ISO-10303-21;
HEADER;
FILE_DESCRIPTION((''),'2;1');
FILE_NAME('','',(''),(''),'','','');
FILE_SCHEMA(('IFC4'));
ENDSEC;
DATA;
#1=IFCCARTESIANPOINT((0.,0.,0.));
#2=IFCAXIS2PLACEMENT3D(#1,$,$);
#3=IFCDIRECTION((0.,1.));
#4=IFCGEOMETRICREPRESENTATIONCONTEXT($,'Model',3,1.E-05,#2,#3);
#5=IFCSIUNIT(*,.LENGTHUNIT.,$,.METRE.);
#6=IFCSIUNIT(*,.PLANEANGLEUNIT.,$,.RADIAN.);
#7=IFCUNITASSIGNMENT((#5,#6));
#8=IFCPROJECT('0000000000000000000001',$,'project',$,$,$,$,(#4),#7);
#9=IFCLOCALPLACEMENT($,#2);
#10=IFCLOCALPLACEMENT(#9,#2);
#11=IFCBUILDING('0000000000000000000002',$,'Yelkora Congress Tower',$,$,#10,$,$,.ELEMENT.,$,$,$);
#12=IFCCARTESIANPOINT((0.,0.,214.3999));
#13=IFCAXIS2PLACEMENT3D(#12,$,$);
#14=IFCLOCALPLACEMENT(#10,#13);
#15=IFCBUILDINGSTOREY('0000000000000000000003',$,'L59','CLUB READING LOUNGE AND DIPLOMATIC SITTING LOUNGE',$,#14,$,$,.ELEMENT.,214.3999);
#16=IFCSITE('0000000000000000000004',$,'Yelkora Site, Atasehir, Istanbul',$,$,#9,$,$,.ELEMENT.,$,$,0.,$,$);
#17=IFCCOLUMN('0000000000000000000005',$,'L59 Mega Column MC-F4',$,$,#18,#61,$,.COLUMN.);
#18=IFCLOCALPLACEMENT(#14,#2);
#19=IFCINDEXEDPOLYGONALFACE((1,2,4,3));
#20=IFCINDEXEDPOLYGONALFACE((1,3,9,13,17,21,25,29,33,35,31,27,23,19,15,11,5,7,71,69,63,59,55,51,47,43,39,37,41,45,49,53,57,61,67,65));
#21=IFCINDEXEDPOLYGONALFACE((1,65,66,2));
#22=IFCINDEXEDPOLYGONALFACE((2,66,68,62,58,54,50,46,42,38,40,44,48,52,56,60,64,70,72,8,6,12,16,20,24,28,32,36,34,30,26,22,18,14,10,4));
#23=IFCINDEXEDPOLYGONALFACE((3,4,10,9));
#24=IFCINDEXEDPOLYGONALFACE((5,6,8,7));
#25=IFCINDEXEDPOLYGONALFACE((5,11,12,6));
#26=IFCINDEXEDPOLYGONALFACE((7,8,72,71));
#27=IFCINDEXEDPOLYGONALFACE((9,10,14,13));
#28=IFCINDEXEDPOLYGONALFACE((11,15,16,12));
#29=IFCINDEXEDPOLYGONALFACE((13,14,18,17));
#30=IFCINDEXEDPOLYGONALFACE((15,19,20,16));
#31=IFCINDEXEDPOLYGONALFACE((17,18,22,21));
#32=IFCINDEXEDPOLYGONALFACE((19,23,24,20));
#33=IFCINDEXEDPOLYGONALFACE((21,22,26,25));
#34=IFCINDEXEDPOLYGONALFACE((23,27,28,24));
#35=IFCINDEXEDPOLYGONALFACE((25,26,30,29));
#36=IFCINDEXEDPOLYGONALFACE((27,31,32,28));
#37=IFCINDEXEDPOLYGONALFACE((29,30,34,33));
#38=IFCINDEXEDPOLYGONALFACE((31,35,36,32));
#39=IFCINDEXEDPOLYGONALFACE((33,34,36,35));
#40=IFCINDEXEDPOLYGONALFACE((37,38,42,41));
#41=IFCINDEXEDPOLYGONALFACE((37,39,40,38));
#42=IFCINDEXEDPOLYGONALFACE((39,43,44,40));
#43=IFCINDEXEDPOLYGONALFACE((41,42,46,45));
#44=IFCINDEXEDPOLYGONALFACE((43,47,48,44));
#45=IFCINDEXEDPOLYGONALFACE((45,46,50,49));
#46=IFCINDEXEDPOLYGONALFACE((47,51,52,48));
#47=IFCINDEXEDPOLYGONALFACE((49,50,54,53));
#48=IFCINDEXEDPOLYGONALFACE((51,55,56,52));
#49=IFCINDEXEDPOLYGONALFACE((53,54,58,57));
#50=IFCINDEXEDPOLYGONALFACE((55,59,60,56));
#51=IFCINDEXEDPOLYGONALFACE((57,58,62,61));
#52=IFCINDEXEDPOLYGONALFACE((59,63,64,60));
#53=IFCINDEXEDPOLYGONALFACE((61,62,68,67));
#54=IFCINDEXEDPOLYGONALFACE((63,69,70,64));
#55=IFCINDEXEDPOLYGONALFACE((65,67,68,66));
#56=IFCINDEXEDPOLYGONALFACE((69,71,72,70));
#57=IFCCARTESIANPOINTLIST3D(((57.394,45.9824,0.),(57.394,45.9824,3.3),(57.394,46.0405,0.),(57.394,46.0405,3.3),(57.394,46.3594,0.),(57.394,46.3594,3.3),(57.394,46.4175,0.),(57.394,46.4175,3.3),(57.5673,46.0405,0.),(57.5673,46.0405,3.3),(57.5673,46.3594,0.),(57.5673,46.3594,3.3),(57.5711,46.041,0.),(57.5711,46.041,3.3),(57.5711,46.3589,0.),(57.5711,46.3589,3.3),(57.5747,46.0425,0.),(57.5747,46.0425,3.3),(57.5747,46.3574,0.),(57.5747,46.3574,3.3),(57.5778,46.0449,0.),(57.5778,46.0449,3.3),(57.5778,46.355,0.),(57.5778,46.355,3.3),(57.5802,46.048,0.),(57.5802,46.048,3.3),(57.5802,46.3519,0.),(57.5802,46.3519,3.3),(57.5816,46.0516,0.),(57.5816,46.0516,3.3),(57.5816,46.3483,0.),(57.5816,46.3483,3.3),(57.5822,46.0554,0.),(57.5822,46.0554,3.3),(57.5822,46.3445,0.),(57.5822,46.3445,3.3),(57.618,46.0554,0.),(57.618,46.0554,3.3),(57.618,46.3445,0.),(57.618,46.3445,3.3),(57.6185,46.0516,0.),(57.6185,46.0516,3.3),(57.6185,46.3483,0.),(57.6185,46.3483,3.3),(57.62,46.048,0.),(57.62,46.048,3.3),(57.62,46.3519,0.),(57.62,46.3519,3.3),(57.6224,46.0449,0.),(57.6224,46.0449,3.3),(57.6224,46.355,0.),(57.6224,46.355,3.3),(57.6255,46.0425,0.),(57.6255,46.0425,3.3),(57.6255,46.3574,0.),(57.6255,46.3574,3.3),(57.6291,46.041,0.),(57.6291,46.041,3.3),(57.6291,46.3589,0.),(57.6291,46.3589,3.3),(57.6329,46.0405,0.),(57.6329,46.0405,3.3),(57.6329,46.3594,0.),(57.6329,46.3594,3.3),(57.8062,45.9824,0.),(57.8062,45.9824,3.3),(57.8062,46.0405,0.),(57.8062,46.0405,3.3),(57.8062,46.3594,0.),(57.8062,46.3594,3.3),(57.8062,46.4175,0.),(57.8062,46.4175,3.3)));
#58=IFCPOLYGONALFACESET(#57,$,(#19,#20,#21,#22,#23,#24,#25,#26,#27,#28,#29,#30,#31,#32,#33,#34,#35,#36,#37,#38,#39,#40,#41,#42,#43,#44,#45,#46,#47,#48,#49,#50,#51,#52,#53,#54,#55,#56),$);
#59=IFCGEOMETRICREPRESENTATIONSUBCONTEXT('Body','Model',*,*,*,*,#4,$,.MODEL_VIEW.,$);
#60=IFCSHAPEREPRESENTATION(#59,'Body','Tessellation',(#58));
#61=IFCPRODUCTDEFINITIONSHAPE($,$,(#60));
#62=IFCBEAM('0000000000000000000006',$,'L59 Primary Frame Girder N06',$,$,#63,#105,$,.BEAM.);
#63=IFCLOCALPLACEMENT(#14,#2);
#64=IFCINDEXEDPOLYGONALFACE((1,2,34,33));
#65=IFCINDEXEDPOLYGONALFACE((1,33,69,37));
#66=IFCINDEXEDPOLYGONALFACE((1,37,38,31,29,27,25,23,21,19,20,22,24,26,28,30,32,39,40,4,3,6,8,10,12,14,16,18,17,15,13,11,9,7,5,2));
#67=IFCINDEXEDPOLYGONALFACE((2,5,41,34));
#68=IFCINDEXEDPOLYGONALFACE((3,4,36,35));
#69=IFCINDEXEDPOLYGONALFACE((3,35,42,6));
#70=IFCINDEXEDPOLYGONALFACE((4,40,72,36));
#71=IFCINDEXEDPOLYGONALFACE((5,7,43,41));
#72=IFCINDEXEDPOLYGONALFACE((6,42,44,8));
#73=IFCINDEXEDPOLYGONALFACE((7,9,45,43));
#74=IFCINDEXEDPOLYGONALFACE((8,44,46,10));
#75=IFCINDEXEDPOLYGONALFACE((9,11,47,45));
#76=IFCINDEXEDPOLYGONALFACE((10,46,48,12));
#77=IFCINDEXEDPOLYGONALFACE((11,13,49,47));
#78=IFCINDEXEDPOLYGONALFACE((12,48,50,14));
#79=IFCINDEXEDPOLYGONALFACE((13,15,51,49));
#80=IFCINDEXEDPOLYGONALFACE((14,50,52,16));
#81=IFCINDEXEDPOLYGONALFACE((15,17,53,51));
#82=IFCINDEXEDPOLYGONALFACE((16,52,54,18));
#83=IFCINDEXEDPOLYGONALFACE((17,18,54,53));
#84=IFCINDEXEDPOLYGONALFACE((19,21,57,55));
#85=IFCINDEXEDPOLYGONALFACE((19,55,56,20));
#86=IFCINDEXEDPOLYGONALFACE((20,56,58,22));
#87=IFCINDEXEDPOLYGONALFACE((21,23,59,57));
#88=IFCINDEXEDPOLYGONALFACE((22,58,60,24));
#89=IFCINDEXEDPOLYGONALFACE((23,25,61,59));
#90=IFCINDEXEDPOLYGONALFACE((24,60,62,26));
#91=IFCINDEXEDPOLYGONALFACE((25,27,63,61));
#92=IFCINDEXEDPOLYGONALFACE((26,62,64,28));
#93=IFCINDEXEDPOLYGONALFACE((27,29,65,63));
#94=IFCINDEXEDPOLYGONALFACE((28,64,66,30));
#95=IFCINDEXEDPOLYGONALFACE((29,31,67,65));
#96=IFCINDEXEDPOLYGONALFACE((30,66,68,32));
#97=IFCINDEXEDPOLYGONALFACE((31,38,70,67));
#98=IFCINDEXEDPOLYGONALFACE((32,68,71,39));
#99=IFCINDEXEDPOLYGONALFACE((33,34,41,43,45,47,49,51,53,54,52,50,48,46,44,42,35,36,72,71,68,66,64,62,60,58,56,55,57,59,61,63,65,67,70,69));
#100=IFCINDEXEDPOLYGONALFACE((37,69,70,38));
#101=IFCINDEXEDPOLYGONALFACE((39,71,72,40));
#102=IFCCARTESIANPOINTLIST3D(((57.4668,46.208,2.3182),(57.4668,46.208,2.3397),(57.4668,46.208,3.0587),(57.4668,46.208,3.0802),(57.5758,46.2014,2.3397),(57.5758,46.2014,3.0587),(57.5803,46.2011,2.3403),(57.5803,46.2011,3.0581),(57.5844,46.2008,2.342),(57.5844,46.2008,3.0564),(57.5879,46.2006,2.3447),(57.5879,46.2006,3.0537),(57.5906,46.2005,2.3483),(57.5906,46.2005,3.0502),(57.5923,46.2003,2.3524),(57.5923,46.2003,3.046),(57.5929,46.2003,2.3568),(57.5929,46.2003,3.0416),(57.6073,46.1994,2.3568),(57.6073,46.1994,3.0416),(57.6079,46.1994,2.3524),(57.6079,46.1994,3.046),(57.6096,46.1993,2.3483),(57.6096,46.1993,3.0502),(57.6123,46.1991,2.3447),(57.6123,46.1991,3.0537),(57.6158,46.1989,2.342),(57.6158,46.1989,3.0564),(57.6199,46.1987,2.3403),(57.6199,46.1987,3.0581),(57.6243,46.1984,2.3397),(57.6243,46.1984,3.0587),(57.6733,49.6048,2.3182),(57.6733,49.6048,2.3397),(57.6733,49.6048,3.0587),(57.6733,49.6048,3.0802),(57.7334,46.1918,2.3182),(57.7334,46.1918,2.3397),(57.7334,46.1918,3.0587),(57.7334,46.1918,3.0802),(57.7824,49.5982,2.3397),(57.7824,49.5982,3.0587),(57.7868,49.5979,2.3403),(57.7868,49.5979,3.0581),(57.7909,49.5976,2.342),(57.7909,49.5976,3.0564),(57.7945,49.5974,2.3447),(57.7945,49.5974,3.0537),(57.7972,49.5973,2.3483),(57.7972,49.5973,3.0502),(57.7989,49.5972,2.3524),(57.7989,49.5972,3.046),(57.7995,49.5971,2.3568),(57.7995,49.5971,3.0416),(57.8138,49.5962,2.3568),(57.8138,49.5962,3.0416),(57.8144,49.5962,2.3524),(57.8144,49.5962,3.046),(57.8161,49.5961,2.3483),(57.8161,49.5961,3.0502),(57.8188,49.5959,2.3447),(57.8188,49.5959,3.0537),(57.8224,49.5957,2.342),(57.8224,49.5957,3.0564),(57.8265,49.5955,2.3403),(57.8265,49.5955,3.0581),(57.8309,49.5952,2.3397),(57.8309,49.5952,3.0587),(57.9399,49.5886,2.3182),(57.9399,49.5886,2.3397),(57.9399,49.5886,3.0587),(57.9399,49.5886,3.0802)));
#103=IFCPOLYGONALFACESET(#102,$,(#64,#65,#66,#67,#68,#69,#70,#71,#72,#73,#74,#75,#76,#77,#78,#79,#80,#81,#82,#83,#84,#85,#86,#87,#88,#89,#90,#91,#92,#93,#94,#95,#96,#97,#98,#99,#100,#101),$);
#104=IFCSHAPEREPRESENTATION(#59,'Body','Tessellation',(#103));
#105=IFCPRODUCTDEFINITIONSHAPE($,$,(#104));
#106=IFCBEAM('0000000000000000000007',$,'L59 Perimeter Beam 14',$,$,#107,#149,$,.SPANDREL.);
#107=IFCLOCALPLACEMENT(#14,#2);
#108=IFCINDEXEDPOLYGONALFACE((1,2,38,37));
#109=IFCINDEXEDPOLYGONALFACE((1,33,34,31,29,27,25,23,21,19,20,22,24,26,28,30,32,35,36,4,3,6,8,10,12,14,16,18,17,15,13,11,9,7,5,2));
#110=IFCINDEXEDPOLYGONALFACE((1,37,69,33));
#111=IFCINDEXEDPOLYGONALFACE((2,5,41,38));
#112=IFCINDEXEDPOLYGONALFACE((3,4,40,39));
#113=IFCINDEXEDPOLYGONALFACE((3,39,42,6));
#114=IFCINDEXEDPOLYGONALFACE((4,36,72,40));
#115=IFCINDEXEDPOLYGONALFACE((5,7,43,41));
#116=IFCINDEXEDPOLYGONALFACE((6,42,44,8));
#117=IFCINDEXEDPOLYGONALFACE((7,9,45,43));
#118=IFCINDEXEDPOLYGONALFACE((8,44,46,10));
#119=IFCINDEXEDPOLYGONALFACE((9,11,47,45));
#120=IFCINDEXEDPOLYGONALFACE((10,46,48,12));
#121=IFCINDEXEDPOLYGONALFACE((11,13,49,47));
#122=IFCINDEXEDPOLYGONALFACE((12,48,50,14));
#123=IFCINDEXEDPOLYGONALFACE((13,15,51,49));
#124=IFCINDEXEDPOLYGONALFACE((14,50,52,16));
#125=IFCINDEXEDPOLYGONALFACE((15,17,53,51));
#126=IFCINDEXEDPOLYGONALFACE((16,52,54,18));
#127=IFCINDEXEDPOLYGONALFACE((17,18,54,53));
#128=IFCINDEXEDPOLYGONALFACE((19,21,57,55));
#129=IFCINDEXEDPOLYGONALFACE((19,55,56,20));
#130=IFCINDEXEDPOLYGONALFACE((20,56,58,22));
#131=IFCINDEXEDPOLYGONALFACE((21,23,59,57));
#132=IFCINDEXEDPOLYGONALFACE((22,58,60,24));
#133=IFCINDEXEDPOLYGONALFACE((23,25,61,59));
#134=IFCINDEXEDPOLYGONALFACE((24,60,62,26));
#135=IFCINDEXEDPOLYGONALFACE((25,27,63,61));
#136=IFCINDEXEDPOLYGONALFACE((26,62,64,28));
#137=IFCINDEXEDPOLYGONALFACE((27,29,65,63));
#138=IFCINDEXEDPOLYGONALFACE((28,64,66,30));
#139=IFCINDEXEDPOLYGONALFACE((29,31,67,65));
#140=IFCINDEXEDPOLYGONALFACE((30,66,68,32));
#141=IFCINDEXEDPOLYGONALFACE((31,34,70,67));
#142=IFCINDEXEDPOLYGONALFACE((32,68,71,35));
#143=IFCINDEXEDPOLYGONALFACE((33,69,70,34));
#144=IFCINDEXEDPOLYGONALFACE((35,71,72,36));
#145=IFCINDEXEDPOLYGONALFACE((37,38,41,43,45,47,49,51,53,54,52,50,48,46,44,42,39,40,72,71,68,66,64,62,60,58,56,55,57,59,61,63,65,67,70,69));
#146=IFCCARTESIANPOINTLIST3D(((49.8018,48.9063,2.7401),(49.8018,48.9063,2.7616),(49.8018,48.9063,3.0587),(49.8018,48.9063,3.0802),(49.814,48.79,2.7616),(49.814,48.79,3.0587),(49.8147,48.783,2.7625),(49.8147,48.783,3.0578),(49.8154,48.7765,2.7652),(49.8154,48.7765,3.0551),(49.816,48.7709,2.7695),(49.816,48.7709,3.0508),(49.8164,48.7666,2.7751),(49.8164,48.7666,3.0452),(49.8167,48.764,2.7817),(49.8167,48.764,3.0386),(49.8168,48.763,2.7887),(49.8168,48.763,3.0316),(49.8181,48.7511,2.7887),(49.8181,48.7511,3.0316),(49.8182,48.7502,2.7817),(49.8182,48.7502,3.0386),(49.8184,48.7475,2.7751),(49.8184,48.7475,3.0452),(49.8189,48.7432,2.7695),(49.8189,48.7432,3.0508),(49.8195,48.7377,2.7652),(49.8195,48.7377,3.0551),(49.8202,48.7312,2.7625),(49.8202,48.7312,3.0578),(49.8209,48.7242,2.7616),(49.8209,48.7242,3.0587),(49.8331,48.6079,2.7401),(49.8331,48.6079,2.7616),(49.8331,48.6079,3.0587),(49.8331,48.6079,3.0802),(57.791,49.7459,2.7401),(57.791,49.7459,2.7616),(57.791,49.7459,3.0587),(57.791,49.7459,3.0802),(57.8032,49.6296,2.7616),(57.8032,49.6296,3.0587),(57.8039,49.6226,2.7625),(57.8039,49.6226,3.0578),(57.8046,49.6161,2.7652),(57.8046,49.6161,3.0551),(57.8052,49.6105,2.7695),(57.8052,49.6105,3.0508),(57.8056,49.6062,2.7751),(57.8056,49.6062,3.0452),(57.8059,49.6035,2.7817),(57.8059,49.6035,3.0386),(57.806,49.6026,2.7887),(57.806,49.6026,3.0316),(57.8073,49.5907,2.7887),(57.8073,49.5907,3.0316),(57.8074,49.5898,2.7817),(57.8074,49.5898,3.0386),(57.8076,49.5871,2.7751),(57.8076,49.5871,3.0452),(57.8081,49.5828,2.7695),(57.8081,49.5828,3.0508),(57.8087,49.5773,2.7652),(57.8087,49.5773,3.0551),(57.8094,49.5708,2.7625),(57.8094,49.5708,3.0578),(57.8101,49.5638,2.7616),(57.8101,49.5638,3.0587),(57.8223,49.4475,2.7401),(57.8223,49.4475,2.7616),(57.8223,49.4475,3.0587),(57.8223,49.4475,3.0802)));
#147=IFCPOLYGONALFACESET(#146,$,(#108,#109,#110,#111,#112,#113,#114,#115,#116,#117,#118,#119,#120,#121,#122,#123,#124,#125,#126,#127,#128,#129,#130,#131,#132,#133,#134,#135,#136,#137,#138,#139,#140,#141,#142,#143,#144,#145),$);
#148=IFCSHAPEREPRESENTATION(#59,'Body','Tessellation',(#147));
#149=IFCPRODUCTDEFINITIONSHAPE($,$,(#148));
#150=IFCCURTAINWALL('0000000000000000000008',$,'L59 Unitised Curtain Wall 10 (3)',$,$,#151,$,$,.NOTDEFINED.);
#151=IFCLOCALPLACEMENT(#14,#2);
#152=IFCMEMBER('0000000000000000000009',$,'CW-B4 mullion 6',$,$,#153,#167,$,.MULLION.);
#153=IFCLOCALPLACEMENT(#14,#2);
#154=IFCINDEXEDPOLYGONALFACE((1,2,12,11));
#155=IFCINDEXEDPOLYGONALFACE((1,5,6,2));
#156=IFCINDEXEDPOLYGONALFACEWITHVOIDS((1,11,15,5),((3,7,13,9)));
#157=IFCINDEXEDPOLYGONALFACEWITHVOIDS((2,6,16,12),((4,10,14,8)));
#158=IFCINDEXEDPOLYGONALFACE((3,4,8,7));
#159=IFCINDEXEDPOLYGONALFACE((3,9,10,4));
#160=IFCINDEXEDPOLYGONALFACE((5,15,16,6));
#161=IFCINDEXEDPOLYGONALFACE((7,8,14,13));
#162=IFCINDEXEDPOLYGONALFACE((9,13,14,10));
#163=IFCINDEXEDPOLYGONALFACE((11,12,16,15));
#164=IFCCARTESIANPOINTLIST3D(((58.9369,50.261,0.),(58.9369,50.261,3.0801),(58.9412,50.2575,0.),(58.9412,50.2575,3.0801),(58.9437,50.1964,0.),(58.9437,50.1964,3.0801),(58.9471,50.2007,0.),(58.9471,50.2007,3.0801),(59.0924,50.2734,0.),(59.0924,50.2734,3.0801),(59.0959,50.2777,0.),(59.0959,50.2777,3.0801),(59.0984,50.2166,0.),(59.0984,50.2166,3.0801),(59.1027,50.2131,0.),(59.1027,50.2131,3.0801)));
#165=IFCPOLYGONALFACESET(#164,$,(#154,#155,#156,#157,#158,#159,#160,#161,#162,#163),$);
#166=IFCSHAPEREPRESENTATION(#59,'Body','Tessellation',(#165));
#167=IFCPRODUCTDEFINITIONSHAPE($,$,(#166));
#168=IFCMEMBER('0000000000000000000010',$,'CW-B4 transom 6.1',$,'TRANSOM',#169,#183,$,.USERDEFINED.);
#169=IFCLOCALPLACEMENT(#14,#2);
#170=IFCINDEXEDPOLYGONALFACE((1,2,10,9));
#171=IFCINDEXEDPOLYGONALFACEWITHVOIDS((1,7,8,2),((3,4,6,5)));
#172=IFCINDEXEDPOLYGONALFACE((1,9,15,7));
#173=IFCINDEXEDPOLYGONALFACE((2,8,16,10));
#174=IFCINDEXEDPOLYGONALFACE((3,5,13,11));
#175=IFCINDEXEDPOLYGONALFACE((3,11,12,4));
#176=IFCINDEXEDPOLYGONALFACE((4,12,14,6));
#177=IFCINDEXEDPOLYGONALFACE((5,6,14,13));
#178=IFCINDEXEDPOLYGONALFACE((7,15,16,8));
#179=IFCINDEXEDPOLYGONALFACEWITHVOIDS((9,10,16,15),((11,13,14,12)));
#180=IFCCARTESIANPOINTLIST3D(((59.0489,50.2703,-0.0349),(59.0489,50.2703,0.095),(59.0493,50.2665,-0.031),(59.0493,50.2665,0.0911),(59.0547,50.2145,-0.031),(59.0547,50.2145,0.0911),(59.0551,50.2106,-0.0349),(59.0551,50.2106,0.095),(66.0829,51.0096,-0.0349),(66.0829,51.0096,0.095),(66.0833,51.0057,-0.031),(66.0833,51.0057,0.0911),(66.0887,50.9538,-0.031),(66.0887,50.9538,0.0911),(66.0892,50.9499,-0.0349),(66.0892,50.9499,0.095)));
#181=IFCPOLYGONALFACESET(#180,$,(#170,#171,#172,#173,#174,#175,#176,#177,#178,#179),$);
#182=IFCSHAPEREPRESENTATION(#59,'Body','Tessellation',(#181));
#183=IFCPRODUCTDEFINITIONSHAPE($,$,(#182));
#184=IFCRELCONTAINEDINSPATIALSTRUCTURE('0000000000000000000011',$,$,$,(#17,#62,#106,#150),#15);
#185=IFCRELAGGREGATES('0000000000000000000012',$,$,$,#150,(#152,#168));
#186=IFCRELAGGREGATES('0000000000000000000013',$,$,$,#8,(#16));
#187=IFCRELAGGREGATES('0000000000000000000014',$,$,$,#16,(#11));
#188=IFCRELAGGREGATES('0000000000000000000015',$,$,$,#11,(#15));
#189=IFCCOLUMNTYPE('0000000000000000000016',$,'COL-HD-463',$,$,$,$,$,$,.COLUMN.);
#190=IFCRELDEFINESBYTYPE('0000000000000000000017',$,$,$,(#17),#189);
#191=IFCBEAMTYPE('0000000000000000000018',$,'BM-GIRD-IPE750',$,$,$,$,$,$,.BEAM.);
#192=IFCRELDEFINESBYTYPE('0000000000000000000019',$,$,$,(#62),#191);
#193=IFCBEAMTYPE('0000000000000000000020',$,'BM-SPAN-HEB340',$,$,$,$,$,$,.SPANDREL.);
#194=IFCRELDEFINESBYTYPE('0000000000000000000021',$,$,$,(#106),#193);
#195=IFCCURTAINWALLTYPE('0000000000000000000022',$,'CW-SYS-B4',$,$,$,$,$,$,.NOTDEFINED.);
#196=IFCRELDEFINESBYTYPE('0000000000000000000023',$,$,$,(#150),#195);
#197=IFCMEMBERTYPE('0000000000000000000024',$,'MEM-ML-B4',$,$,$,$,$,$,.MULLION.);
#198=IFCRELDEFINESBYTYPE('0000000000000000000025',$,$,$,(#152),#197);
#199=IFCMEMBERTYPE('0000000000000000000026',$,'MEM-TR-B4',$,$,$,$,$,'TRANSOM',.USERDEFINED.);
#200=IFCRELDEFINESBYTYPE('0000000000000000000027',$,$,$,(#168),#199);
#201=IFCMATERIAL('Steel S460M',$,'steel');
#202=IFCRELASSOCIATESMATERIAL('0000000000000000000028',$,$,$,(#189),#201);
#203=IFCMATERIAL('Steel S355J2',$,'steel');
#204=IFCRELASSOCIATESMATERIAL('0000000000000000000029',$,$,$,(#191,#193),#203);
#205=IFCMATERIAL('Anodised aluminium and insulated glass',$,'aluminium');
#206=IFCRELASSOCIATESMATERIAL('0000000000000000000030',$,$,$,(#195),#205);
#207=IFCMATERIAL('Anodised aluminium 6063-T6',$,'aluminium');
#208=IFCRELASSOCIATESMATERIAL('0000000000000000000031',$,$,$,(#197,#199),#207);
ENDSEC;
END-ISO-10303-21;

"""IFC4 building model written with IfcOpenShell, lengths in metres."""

from ifc_helpers import new_model, si_unit, direction, frame, origin, origin_2d, place, context, subcontext, project, spatial, hollow_rectangle, i_section, extrude, material, material_profile, profile_set, type_object, element, aggregate, save


model = new_model("IFC4")

# Units and contexts
model_context = context("Model", 3, precision=1e-05, world=origin(), true_north=direction((0.0, 1.0)))
body_context = subcontext(model_context, "Body", "Model", "MODEL_VIEW")
ifc_project = project(units=[si_unit("LENGTHUNIT", "METRE"), si_unit("PLANEANGLEUNIT", "RADIAN")], contexts=[model_context])

# Site, building, storey
site_placement = place(None, origin())
site = spatial("IfcSite", under=ifc_project, at=site_placement, Name="Yelkora Site, Atasehir, Istanbul", CompositionType="ELEMENT", RefElevation=0.0)
building_placement = place(site_placement, origin())
building = spatial("IfcBuilding", under=site, at=building_placement, Name="Yelkora Congress Tower", CompositionType="ELEMENT")
storey_placement = place(building_placement, frame((0.0, 0.0, 214.3999)))
storey = spatial("IfcBuildingStorey", under=building, at=storey_placement, Name="L59", Description="CLUB READING LOUNGE AND DIPLOMATIC SITTING LOUNGE", CompositionType="ELEMENT", Elevation=214.3999)

# Column
ifc_material_1 = material(Name="Steel S355J2", Category="steel")
ifc_material_2 = material(Name="Steel S460M", Category="steel")
ifc_material_profile_1 = material_profile(ifc_material_2, i_section(OverallWidth=0.4121, OverallDepth=0.4351, WebThickness=0.0359, FlangeThickness=0.0581, FilletRadius=0.0149, at=origin_2d()), Name="HD 400x463")
ifc_profile_set_1 = profile_set([ifc_material_profile_1], Name="Steel S460M")
column_type_1 = type_object("IfcColumnType", Name="COL-HD-463", PredefinedType="COLUMN", material=ifc_profile_set_1)
for number, where, z_axis, x_axis, name in (
    (1, (57.6001, 46.2, 0.0), (0.0, 0.0, 1.0), (1.0, 0.0, 0.0), "L59 Mega Column MC-F4"),
):
    element("IfcColumn", number, at=place(storey_placement, frame(where, z_axis=z_axis, x_axis=x_axis)), inside=storey, type_object=column_type_1, Name=name, PredefinedType="COLUMN", context=body_context, shape_type="SweptSolid", body=[
        extrude(i_section(OverallWidth=0.4121, OverallDepth=0.4351, WebThickness=0.0359, FlangeThickness=0.0581, FilletRadius=0.0149, at=origin_2d()), origin(), (0.0, 0.0, 1.0), 3.3),
    ])

# Beams
ifc_material_profile_2 = material_profile(ifc_material_1, i_section(OverallWidth=0.2671, OverallDepth=0.762, WebThickness=0.0144, FlangeThickness=0.0215, FilletRadius=0.0171, at=origin_2d()), Name="IPE 750x173")
ifc_profile_set_2 = profile_set([ifc_material_profile_2], Name="Steel S355J2")
beam_type_1 = type_object("IfcBeamType", Name="BM-GIRD-IPE750", PredefinedType="BEAM", material=ifc_profile_set_2)
beam_1_placement = place(storey_placement, frame((57.8066, 49.5967, 2.6992), z_axis=(-0.060694, -0.998156, 0.0), x_axis=(0.998156, -0.060694, 0.0)))
element("IfcBeam", 2, at=beam_1_placement, inside=storey, type_object=beam_type_1, Name="L59 Primary Frame Girder N06", PredefinedType="BEAM", context=body_context, shape_type="SweptSolid", body=[
    extrude(i_section(OverallWidth=0.2671, OverallDepth=0.762, WebThickness=0.0144, FlangeThickness=0.0215, FilletRadius=0.0171, at=origin_2d()), origin(), (0.0, 0.0, 1.0), 3.4031),
])
ifc_material_profile_3 = material_profile(ifc_material_1, i_section(OverallWidth=0.3, OverallDepth=0.3401, WebThickness=0.012, FlangeThickness=0.0215, FilletRadius=0.0271, at=origin_2d()), Name="HEB 340")
ifc_profile_set_3 = profile_set([ifc_material_profile_3], Name="Steel S355J2")
beam_type_2 = type_object("IfcBeamType", Name="BM-SPAN-HEB340", PredefinedType="SPANDREL", material=ifc_profile_set_3)
beam_2_placement = place(storey_placement, frame((57.8066, 49.5967, 2.9102), z_axis=(-0.994523, -0.104516, 0.0), x_axis=(0.104516, -0.994523, 0.0)))
element("IfcBeam", 3, at=beam_2_placement, inside=storey, type_object=beam_type_2, Name="L59 Perimeter Beam 14", PredefinedType="SPANDREL", context=body_context, shape_type="SweptSolid", body=[
    extrude(i_section(OverallWidth=0.3, OverallDepth=0.3401, WebThickness=0.012, FlangeThickness=0.0215, FilletRadius=0.0271, at=origin_2d()), origin(), (0.0, 0.0, 1.0), 8.0332),
])

# Curtain wall, members
ifc_material_3 = material(Name="Anodised aluminium and insulated glass", Category="aluminium")
curtain_wall_type = type_object("IfcCurtainWallType", Name="CW-SYS-B4", PredefinedType="NOTDEFINED", material=ifc_material_3)
curtain_wall_placement = place(storey_placement, origin())
curtain_wall = element("IfcCurtainWall", 4, at=curtain_wall_placement, inside=storey, type_object=curtain_wall_type, Name="L59 Unitised Curtain Wall 10 (3)", PredefinedType="NOTDEFINED")
ifc_material_4 = material(Name="Anodised aluminium 6063-T6", Category="aluminium")
ifc_material_profile_4 = material_profile(ifc_material_4, hollow_rectangle(XDim=0.0649, YDim=0.1599, WallThickness=0.0039, at=origin_2d()), Name="ALU 65x160x4")
ifc_profile_set_4 = profile_set([ifc_material_profile_4], Name="Anodised aluminium 6063-T6")
member_type_1 = type_object("IfcMemberType", Name="MEM-ML-B4", PredefinedType="MULLION", material=ifc_profile_set_4)
member_1_placement = place(storey_placement, frame((59.0198, 50.2371, 0.0), z_axis=(0.0, 0.0, 1.0), x_axis=(-0.104528, 0.994522, 0.0)))
member_1 = element("IfcMember", 5, at=member_1_placement, type_object=member_type_1, Name="CW-B4 mullion 6", PredefinedType="MULLION", context=body_context, shape_type="SweptSolid", body=[
    extrude(hollow_rectangle(XDim=0.0649, YDim=0.1599, WallThickness=0.0039, at=origin_2d()), origin(), (0.0, 0.0, 1.0), 3.0801),
])
ifc_material_profile_5 = material_profile(ifc_material_4, hollow_rectangle(XDim=0.0601, YDim=0.1299, WallThickness=0.0039, at=origin_2d()), Name="ALU 60x130x4")
ifc_profile_set_5 = profile_set([ifc_material_profile_5], Name="Anodised aluminium 6063-T6")
member_type_2 = type_object("IfcMemberType", Name="MEM-TR-B4", ElementType="TRANSOM", PredefinedType="USERDEFINED", material=ifc_profile_set_5)
member_2_placement = place(storey_placement, frame((59.052, 50.2405, 0.03), z_axis=(0.994522, 0.104523, 0.0), x_axis=(-0.104523, 0.994522, 0.0)))
member_2 = element("IfcMember", 6, at=member_2_placement, type_object=member_type_2, Name="CW-B4 transom 6.1", ObjectType="TRANSOM", PredefinedType="USERDEFINED", context=body_context, shape_type="SweptSolid", body=[
    extrude(hollow_rectangle(XDim=0.0601, YDim=0.1299, WallThickness=0.0039, at=origin_2d()), origin(), (0.0, 0.0, 1.0), 7.0728),
])
aggregate(curtain_wall, [member_1, member_2])

save(model, "model.ifc")
